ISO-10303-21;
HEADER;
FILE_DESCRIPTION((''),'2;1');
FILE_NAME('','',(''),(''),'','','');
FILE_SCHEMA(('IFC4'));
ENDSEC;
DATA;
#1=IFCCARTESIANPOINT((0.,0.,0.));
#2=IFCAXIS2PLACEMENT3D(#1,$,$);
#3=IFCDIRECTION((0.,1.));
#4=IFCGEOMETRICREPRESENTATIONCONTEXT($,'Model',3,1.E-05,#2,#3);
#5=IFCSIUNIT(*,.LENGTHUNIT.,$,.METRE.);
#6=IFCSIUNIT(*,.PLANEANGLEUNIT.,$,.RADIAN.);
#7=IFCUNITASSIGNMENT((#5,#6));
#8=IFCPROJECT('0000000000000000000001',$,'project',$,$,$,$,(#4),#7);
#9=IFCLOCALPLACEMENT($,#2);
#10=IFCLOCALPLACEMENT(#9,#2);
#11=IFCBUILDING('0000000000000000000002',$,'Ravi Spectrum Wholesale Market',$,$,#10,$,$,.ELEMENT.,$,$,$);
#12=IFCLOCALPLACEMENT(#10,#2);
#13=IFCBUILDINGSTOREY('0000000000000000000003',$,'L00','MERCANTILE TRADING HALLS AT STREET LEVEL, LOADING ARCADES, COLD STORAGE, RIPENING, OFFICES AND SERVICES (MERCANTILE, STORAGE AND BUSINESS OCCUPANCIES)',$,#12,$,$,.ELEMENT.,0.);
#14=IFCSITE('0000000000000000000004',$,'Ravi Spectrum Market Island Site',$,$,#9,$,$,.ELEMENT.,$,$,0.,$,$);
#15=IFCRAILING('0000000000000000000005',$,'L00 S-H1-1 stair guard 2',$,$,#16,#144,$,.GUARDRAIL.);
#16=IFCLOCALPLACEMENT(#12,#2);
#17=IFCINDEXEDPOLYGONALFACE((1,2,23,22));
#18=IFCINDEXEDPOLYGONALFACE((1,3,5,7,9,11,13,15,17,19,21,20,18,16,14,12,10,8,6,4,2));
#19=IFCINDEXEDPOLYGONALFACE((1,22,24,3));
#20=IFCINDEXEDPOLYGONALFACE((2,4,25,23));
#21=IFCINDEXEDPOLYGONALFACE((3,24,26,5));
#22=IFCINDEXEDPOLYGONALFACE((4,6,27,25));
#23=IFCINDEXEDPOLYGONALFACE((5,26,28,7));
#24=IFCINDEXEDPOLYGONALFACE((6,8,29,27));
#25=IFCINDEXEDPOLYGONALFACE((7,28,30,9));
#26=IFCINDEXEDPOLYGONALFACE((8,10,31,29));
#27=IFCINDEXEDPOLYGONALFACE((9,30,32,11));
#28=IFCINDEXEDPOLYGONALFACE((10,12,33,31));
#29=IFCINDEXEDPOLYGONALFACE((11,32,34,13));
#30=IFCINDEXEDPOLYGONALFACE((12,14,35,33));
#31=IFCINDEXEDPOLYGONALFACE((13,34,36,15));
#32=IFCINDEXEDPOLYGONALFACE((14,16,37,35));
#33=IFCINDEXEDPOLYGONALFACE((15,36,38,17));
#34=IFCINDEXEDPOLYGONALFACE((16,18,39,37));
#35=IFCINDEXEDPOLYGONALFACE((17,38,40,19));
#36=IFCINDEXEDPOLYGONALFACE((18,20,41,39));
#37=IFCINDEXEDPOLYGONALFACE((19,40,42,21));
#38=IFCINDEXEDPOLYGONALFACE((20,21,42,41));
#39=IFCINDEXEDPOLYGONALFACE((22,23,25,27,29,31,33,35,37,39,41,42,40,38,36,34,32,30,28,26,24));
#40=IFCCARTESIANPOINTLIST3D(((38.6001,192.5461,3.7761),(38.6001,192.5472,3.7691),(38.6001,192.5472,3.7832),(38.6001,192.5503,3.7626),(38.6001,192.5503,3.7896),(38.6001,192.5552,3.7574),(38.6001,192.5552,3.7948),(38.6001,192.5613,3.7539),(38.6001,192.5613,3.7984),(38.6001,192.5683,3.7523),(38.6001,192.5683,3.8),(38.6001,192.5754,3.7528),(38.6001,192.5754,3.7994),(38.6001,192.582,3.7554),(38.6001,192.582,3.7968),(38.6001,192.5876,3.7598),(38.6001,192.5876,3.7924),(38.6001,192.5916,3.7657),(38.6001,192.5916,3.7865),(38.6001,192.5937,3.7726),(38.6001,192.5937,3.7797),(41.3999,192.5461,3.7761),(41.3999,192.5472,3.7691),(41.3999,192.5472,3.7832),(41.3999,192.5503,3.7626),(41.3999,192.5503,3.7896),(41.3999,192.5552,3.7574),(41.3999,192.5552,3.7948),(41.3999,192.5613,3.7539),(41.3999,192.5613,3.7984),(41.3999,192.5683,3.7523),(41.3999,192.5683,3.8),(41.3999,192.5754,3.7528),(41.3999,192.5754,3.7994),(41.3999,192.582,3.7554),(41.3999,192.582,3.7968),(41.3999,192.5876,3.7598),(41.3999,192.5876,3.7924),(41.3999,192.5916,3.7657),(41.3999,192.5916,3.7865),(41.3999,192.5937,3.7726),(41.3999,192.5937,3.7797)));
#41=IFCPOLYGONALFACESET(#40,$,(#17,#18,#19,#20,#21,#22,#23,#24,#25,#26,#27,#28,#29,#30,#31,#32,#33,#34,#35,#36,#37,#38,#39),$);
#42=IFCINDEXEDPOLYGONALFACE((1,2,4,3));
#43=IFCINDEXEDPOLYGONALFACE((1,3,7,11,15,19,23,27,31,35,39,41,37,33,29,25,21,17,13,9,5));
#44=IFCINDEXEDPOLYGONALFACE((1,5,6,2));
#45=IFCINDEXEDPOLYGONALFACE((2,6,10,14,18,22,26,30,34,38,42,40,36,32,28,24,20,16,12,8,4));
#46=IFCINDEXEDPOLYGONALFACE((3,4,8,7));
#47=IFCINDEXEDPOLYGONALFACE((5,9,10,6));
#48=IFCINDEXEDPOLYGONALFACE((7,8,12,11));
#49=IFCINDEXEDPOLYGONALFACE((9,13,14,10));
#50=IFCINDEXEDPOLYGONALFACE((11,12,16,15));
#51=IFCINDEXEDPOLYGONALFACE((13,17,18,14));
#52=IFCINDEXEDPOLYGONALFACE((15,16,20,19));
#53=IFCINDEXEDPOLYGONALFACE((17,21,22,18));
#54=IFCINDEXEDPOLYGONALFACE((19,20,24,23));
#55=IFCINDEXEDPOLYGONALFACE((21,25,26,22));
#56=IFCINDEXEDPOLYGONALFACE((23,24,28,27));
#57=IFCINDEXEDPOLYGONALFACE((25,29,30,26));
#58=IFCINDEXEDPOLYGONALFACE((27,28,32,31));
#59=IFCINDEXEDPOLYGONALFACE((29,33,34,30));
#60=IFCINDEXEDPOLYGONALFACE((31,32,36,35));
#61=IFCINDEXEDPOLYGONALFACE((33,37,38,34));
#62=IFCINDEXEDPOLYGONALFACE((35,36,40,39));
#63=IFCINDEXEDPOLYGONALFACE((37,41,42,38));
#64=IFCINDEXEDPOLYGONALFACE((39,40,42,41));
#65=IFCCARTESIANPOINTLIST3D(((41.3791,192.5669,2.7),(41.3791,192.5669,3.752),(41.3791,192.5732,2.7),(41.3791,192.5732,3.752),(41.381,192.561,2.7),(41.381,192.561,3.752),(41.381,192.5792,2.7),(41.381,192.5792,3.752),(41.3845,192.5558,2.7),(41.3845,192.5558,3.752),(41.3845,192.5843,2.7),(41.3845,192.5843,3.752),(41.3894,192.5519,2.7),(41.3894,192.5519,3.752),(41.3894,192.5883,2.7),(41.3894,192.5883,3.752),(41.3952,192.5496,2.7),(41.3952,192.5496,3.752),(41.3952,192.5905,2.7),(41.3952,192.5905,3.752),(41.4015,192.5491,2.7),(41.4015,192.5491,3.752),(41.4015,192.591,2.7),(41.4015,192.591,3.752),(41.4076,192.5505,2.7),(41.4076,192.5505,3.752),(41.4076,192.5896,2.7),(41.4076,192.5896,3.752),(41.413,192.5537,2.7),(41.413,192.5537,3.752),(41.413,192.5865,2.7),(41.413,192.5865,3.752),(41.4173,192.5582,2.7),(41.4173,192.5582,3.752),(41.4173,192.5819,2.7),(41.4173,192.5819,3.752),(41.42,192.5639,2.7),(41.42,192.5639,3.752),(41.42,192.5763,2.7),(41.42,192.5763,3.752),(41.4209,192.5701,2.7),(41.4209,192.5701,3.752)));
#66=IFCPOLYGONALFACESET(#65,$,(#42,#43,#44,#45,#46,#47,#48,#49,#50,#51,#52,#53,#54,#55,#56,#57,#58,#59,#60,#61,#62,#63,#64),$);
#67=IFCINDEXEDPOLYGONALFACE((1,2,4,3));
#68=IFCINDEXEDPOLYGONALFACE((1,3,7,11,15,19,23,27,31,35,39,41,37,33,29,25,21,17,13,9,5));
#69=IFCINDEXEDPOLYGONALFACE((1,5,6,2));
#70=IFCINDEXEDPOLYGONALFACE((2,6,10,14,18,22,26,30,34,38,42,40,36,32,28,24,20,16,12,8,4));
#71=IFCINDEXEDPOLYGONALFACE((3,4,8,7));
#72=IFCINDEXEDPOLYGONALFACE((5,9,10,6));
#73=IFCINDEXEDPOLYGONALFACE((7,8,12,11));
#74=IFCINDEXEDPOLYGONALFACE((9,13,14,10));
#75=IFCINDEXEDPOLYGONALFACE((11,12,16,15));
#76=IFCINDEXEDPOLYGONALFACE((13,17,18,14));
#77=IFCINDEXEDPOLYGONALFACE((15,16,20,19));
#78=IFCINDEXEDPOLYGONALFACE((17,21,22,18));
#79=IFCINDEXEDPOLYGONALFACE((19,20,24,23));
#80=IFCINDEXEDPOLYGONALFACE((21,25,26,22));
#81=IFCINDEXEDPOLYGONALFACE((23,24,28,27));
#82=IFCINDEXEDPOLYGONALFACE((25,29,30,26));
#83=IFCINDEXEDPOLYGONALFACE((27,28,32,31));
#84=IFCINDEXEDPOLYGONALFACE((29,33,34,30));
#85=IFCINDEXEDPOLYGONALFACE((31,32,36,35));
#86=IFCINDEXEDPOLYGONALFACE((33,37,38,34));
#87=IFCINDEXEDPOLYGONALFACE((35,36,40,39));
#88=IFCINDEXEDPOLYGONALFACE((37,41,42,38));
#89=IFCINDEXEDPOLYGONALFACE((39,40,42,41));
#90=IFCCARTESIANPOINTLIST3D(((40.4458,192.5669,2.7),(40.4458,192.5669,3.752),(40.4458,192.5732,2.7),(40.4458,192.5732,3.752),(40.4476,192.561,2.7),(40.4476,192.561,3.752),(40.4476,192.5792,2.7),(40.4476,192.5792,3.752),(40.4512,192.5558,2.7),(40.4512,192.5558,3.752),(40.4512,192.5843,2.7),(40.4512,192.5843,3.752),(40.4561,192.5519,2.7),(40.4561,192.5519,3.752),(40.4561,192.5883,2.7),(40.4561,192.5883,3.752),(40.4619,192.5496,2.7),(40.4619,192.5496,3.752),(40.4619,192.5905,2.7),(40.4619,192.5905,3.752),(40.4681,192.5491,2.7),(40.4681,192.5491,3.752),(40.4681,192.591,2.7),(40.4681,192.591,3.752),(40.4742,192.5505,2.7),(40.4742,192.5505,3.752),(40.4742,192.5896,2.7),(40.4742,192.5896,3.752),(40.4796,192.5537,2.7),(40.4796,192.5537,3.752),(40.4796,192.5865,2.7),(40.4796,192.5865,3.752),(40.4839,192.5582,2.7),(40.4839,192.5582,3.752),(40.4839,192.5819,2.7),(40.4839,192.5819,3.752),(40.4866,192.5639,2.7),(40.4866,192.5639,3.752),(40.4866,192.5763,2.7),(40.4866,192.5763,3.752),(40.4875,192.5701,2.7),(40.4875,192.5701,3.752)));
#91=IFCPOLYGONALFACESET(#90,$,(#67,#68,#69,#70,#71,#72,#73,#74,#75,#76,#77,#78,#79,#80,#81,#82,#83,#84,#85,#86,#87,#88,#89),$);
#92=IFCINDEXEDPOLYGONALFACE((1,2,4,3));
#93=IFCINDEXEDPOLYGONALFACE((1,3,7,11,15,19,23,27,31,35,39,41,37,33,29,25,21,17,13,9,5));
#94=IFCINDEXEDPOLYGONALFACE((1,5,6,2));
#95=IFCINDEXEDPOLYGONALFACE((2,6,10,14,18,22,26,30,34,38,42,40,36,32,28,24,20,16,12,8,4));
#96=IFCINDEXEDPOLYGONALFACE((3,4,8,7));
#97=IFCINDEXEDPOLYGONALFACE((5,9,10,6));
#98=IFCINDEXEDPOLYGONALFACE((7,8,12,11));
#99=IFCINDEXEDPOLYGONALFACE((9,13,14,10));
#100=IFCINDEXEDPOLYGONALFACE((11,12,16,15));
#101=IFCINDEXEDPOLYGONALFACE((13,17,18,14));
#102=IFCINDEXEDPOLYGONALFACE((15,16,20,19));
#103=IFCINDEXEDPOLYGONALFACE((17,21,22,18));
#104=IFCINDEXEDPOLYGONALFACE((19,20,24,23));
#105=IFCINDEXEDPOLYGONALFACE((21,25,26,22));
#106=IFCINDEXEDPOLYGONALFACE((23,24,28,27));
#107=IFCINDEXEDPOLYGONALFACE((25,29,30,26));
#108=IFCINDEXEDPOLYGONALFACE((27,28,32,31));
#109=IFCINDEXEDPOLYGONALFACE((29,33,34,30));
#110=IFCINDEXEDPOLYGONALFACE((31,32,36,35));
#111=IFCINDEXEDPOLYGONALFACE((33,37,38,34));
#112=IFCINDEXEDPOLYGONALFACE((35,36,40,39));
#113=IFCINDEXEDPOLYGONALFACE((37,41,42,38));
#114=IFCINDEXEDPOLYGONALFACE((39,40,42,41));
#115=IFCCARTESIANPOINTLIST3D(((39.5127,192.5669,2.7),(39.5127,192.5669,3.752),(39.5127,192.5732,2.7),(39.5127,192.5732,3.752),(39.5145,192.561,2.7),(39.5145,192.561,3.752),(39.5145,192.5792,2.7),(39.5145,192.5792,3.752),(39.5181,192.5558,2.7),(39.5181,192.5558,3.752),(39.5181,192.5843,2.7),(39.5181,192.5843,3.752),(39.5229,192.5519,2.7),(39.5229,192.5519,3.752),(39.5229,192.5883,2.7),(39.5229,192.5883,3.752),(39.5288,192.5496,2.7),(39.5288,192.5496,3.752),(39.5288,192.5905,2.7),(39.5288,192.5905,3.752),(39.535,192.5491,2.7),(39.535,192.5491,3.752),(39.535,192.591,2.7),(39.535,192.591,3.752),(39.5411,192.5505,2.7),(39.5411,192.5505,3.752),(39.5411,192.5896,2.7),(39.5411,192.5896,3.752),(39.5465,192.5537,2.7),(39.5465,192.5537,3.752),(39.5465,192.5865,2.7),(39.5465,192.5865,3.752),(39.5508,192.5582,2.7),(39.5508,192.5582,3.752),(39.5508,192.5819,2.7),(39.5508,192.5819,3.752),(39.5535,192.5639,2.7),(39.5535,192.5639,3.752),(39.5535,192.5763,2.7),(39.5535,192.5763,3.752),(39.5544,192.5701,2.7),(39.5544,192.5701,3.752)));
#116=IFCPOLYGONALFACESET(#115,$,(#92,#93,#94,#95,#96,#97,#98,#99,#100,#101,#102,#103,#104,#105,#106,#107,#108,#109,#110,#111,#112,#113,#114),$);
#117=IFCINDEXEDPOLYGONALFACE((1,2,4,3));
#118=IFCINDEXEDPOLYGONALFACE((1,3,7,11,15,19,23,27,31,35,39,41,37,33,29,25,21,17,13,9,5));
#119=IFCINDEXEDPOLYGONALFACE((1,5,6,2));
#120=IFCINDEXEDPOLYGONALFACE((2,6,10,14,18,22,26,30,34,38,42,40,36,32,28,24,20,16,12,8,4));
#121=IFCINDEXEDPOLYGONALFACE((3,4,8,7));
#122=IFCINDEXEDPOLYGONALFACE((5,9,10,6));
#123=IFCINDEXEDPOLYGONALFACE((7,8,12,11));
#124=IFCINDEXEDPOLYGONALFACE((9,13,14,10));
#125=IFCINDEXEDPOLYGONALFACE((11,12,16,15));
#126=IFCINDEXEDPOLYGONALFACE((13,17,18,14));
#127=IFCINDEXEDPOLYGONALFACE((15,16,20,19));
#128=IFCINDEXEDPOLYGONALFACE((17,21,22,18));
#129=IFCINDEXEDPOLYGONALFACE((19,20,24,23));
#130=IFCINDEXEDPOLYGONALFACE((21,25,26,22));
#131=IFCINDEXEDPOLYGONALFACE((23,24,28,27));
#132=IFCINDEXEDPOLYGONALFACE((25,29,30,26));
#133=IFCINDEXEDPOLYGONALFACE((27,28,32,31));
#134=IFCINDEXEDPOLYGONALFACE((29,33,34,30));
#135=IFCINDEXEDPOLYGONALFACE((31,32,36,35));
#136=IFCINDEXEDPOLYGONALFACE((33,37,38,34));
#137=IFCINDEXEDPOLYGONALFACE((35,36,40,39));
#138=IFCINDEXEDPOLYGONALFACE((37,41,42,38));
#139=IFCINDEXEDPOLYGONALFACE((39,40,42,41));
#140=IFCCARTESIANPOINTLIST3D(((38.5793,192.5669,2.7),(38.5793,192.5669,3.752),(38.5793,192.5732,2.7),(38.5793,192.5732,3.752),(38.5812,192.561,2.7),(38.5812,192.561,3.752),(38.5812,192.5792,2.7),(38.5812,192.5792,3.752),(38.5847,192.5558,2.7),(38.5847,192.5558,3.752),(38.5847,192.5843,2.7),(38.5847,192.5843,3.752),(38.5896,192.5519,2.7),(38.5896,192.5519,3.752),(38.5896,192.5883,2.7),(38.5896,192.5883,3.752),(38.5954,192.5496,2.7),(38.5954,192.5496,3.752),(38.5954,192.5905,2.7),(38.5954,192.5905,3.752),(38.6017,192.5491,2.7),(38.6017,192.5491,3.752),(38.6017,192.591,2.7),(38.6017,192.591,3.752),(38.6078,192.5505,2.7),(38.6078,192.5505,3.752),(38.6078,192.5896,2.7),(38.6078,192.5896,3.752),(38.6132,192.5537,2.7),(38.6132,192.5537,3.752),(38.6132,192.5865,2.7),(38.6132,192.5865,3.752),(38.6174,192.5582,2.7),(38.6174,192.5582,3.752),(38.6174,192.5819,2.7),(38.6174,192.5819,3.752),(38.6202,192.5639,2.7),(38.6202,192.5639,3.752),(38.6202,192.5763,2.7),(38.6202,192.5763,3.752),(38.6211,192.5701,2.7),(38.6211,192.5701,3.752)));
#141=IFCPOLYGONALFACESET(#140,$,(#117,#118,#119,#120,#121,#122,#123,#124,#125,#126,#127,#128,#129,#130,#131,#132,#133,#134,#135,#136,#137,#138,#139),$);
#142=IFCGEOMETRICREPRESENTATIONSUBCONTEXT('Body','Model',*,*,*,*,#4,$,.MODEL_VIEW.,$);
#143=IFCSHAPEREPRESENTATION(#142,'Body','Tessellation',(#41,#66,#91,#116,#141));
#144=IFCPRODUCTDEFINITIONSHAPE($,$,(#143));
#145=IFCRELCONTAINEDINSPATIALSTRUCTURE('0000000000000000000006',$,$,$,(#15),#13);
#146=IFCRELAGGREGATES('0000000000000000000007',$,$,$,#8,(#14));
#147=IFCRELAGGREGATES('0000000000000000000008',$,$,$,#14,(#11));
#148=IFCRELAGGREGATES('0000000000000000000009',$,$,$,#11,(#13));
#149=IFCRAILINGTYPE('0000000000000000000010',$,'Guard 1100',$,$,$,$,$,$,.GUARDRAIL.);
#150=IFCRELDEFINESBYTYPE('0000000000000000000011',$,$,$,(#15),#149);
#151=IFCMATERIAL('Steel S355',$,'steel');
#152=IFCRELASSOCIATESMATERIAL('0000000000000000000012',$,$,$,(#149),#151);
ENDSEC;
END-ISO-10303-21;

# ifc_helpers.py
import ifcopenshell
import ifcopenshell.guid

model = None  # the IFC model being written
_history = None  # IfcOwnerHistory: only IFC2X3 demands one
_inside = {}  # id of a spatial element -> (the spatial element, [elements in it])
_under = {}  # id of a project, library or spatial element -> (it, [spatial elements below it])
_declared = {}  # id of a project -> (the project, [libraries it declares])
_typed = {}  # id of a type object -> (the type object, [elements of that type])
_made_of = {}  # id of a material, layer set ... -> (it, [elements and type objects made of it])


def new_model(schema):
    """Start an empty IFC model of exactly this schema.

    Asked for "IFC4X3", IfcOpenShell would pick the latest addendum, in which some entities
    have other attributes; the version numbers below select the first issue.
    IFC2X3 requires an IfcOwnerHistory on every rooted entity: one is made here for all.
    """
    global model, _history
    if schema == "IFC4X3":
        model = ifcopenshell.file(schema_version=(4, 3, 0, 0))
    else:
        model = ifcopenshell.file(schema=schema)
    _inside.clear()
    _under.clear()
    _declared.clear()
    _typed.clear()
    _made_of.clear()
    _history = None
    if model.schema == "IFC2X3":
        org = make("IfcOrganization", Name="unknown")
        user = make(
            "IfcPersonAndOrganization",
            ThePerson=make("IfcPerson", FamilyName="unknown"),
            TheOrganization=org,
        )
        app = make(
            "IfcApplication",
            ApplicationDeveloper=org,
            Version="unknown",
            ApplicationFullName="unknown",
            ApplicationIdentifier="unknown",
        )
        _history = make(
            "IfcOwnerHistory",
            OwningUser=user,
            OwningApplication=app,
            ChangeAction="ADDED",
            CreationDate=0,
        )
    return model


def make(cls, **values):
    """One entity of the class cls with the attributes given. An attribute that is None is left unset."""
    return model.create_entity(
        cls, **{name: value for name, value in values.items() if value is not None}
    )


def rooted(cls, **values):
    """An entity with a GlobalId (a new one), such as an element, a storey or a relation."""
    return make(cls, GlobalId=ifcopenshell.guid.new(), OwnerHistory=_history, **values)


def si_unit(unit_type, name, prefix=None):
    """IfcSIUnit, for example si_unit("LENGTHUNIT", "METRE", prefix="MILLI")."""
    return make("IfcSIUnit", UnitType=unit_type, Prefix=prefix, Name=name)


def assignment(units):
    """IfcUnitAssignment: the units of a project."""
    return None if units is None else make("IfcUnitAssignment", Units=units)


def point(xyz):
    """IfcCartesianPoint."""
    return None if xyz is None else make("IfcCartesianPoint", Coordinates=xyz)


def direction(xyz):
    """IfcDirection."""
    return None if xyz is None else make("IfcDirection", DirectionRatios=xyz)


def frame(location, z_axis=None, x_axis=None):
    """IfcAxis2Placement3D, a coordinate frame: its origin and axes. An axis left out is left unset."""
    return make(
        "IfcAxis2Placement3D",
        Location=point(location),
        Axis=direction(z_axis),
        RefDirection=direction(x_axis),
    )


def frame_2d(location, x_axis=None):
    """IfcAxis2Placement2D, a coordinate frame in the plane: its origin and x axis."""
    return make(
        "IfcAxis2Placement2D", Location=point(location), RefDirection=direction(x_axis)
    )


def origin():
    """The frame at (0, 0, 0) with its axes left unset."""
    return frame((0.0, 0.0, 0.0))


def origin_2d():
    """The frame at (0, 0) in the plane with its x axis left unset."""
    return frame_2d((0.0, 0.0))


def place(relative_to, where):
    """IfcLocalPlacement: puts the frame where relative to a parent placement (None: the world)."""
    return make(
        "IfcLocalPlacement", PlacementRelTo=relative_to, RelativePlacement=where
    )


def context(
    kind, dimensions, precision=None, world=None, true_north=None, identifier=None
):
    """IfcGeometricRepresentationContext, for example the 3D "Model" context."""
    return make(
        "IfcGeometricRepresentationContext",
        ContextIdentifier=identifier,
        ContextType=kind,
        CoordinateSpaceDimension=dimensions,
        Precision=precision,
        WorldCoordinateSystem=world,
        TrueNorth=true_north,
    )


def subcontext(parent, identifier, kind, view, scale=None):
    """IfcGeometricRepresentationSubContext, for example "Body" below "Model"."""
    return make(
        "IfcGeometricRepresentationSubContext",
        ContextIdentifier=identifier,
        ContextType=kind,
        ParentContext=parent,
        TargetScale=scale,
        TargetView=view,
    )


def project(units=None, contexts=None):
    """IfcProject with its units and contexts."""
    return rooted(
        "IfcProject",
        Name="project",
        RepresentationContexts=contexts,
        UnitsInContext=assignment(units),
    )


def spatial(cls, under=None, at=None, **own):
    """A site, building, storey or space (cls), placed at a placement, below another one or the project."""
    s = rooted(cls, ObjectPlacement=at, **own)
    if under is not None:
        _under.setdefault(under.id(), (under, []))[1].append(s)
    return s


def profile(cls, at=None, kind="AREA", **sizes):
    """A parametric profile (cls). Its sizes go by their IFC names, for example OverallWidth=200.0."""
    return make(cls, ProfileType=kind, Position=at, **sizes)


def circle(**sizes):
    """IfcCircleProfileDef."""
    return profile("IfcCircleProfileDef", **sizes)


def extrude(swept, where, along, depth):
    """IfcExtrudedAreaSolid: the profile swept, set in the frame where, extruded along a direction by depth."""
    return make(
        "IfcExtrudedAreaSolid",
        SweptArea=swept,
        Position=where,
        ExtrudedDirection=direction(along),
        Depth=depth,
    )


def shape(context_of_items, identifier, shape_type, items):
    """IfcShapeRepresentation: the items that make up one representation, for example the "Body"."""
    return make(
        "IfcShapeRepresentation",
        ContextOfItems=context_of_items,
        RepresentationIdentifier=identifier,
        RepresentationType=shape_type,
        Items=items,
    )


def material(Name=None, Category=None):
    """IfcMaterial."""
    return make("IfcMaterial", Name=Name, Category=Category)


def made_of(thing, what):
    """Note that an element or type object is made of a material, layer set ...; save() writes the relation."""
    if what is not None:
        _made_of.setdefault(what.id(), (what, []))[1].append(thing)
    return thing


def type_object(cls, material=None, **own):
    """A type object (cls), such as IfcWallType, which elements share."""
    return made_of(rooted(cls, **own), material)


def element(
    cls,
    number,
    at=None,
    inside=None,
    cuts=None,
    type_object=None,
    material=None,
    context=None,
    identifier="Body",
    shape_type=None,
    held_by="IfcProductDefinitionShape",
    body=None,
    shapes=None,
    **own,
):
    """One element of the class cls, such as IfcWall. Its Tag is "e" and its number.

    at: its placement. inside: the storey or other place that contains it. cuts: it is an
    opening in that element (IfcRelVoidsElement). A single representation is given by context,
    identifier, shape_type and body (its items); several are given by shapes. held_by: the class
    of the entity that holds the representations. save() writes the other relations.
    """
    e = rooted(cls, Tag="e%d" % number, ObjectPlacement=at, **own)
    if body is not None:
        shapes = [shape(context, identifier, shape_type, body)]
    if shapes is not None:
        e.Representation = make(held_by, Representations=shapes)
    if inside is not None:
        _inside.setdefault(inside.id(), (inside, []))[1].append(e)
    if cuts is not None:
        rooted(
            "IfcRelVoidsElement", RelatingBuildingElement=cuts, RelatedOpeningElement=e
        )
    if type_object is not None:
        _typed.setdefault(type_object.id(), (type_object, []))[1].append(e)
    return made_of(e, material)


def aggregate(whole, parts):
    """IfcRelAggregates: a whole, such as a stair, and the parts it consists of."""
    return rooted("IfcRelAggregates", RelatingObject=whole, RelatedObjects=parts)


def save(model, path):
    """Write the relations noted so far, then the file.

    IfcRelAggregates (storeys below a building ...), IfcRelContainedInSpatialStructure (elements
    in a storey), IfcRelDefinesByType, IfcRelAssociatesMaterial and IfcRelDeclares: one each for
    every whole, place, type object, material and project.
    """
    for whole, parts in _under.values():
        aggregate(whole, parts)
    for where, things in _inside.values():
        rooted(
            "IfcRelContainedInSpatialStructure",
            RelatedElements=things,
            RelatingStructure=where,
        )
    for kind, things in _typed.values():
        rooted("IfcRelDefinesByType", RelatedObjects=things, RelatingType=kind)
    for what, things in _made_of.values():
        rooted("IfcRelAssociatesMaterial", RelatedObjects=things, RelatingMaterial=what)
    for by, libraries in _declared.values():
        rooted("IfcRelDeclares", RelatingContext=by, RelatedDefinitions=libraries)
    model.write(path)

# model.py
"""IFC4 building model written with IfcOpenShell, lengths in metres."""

from ifc_helpers import new_model, si_unit, direction, frame, origin, origin_2d, place, context, subcontext, project, spatial, circle, extrude, material, type_object, element, save


model = new_model("IFC4")

# Units and contexts
model_context = context("Model", 3, precision=1e-05, world=origin(), true_north=direction((0.0, 1.0)))
body_context = subcontext(model_context, "Body", "Model", "MODEL_VIEW")
ifc_project = project(units=[si_unit("LENGTHUNIT", "METRE"), si_unit("PLANEANGLEUNIT", "RADIAN")], contexts=[model_context])

# Site, building, storey
site_placement = place(None, origin())
site = spatial("IfcSite", under=ifc_project, at=site_placement, Name="Ravi Spectrum Market Island Site", CompositionType="ELEMENT", RefElevation=0.0)
building_placement = place(site_placement, origin())
building = spatial("IfcBuilding", under=site, at=building_placement, Name="Ravi Spectrum Wholesale Market", CompositionType="ELEMENT")
storey_placement = place(building_placement, origin())
storey = spatial("IfcBuildingStorey", under=building, at=storey_placement, Name="L00", Description="MERCANTILE TRADING HALLS AT STREET LEVEL, LOADING ARCADES, COLD STORAGE, RIPENING, OFFICES AND SERVICES (MERCANTILE, STORAGE AND BUSINESS OCCUPANCIES)", CompositionType="ELEMENT", Elevation=0.0)

# Railing
ifc_material_1 = material(Name="Steel S355", Category="steel")
railing_type_1 = type_object("IfcRailingType", Name="Guard 1100", PredefinedType="GUARDRAIL", material=ifc_material_1)
railing_1_placement = place(storey_placement, frame((41.3999, 192.5701, 2.7)))
element("IfcRailing", 1, at=railing_1_placement, inside=storey, type_object=railing_type_1, Name="L00 S-H1-1 stair guard 2", PredefinedType="GUARDRAIL", context=body_context, shape_type="SweptSolid", body=[
    extrude(circle(Radius=0.0239, at=origin_2d()), frame((0.0, 0.0, 1.0762), z_axis=(-1.0, 0.0, 0.0), x_axis=(0.0, -1.0, 0.0)), (0.0, 0.0, 1.0), 2.7998),
    extrude(circle(Radius=0.021, at=origin_2d()), origin(), (0.0, 0.0, 1.0), 1.052),
    extrude(circle(Radius=0.021, at=origin_2d()), frame((-0.9333, 0.0, 0.0)), (0.0, 0.0, 1.0), 1.052),
    extrude(circle(Radius=0.021, at=origin_2d()), frame((-1.8665, 0.0, 0.0)), (0.0, 0.0, 1.0), 1.052),
    extrude(circle(Radius=0.021, at=origin_2d()), frame((-2.7998, 0.0, 0.0)), (0.0, 0.0, 1.0), 1.052),
])

save(model, "model.ifc")
